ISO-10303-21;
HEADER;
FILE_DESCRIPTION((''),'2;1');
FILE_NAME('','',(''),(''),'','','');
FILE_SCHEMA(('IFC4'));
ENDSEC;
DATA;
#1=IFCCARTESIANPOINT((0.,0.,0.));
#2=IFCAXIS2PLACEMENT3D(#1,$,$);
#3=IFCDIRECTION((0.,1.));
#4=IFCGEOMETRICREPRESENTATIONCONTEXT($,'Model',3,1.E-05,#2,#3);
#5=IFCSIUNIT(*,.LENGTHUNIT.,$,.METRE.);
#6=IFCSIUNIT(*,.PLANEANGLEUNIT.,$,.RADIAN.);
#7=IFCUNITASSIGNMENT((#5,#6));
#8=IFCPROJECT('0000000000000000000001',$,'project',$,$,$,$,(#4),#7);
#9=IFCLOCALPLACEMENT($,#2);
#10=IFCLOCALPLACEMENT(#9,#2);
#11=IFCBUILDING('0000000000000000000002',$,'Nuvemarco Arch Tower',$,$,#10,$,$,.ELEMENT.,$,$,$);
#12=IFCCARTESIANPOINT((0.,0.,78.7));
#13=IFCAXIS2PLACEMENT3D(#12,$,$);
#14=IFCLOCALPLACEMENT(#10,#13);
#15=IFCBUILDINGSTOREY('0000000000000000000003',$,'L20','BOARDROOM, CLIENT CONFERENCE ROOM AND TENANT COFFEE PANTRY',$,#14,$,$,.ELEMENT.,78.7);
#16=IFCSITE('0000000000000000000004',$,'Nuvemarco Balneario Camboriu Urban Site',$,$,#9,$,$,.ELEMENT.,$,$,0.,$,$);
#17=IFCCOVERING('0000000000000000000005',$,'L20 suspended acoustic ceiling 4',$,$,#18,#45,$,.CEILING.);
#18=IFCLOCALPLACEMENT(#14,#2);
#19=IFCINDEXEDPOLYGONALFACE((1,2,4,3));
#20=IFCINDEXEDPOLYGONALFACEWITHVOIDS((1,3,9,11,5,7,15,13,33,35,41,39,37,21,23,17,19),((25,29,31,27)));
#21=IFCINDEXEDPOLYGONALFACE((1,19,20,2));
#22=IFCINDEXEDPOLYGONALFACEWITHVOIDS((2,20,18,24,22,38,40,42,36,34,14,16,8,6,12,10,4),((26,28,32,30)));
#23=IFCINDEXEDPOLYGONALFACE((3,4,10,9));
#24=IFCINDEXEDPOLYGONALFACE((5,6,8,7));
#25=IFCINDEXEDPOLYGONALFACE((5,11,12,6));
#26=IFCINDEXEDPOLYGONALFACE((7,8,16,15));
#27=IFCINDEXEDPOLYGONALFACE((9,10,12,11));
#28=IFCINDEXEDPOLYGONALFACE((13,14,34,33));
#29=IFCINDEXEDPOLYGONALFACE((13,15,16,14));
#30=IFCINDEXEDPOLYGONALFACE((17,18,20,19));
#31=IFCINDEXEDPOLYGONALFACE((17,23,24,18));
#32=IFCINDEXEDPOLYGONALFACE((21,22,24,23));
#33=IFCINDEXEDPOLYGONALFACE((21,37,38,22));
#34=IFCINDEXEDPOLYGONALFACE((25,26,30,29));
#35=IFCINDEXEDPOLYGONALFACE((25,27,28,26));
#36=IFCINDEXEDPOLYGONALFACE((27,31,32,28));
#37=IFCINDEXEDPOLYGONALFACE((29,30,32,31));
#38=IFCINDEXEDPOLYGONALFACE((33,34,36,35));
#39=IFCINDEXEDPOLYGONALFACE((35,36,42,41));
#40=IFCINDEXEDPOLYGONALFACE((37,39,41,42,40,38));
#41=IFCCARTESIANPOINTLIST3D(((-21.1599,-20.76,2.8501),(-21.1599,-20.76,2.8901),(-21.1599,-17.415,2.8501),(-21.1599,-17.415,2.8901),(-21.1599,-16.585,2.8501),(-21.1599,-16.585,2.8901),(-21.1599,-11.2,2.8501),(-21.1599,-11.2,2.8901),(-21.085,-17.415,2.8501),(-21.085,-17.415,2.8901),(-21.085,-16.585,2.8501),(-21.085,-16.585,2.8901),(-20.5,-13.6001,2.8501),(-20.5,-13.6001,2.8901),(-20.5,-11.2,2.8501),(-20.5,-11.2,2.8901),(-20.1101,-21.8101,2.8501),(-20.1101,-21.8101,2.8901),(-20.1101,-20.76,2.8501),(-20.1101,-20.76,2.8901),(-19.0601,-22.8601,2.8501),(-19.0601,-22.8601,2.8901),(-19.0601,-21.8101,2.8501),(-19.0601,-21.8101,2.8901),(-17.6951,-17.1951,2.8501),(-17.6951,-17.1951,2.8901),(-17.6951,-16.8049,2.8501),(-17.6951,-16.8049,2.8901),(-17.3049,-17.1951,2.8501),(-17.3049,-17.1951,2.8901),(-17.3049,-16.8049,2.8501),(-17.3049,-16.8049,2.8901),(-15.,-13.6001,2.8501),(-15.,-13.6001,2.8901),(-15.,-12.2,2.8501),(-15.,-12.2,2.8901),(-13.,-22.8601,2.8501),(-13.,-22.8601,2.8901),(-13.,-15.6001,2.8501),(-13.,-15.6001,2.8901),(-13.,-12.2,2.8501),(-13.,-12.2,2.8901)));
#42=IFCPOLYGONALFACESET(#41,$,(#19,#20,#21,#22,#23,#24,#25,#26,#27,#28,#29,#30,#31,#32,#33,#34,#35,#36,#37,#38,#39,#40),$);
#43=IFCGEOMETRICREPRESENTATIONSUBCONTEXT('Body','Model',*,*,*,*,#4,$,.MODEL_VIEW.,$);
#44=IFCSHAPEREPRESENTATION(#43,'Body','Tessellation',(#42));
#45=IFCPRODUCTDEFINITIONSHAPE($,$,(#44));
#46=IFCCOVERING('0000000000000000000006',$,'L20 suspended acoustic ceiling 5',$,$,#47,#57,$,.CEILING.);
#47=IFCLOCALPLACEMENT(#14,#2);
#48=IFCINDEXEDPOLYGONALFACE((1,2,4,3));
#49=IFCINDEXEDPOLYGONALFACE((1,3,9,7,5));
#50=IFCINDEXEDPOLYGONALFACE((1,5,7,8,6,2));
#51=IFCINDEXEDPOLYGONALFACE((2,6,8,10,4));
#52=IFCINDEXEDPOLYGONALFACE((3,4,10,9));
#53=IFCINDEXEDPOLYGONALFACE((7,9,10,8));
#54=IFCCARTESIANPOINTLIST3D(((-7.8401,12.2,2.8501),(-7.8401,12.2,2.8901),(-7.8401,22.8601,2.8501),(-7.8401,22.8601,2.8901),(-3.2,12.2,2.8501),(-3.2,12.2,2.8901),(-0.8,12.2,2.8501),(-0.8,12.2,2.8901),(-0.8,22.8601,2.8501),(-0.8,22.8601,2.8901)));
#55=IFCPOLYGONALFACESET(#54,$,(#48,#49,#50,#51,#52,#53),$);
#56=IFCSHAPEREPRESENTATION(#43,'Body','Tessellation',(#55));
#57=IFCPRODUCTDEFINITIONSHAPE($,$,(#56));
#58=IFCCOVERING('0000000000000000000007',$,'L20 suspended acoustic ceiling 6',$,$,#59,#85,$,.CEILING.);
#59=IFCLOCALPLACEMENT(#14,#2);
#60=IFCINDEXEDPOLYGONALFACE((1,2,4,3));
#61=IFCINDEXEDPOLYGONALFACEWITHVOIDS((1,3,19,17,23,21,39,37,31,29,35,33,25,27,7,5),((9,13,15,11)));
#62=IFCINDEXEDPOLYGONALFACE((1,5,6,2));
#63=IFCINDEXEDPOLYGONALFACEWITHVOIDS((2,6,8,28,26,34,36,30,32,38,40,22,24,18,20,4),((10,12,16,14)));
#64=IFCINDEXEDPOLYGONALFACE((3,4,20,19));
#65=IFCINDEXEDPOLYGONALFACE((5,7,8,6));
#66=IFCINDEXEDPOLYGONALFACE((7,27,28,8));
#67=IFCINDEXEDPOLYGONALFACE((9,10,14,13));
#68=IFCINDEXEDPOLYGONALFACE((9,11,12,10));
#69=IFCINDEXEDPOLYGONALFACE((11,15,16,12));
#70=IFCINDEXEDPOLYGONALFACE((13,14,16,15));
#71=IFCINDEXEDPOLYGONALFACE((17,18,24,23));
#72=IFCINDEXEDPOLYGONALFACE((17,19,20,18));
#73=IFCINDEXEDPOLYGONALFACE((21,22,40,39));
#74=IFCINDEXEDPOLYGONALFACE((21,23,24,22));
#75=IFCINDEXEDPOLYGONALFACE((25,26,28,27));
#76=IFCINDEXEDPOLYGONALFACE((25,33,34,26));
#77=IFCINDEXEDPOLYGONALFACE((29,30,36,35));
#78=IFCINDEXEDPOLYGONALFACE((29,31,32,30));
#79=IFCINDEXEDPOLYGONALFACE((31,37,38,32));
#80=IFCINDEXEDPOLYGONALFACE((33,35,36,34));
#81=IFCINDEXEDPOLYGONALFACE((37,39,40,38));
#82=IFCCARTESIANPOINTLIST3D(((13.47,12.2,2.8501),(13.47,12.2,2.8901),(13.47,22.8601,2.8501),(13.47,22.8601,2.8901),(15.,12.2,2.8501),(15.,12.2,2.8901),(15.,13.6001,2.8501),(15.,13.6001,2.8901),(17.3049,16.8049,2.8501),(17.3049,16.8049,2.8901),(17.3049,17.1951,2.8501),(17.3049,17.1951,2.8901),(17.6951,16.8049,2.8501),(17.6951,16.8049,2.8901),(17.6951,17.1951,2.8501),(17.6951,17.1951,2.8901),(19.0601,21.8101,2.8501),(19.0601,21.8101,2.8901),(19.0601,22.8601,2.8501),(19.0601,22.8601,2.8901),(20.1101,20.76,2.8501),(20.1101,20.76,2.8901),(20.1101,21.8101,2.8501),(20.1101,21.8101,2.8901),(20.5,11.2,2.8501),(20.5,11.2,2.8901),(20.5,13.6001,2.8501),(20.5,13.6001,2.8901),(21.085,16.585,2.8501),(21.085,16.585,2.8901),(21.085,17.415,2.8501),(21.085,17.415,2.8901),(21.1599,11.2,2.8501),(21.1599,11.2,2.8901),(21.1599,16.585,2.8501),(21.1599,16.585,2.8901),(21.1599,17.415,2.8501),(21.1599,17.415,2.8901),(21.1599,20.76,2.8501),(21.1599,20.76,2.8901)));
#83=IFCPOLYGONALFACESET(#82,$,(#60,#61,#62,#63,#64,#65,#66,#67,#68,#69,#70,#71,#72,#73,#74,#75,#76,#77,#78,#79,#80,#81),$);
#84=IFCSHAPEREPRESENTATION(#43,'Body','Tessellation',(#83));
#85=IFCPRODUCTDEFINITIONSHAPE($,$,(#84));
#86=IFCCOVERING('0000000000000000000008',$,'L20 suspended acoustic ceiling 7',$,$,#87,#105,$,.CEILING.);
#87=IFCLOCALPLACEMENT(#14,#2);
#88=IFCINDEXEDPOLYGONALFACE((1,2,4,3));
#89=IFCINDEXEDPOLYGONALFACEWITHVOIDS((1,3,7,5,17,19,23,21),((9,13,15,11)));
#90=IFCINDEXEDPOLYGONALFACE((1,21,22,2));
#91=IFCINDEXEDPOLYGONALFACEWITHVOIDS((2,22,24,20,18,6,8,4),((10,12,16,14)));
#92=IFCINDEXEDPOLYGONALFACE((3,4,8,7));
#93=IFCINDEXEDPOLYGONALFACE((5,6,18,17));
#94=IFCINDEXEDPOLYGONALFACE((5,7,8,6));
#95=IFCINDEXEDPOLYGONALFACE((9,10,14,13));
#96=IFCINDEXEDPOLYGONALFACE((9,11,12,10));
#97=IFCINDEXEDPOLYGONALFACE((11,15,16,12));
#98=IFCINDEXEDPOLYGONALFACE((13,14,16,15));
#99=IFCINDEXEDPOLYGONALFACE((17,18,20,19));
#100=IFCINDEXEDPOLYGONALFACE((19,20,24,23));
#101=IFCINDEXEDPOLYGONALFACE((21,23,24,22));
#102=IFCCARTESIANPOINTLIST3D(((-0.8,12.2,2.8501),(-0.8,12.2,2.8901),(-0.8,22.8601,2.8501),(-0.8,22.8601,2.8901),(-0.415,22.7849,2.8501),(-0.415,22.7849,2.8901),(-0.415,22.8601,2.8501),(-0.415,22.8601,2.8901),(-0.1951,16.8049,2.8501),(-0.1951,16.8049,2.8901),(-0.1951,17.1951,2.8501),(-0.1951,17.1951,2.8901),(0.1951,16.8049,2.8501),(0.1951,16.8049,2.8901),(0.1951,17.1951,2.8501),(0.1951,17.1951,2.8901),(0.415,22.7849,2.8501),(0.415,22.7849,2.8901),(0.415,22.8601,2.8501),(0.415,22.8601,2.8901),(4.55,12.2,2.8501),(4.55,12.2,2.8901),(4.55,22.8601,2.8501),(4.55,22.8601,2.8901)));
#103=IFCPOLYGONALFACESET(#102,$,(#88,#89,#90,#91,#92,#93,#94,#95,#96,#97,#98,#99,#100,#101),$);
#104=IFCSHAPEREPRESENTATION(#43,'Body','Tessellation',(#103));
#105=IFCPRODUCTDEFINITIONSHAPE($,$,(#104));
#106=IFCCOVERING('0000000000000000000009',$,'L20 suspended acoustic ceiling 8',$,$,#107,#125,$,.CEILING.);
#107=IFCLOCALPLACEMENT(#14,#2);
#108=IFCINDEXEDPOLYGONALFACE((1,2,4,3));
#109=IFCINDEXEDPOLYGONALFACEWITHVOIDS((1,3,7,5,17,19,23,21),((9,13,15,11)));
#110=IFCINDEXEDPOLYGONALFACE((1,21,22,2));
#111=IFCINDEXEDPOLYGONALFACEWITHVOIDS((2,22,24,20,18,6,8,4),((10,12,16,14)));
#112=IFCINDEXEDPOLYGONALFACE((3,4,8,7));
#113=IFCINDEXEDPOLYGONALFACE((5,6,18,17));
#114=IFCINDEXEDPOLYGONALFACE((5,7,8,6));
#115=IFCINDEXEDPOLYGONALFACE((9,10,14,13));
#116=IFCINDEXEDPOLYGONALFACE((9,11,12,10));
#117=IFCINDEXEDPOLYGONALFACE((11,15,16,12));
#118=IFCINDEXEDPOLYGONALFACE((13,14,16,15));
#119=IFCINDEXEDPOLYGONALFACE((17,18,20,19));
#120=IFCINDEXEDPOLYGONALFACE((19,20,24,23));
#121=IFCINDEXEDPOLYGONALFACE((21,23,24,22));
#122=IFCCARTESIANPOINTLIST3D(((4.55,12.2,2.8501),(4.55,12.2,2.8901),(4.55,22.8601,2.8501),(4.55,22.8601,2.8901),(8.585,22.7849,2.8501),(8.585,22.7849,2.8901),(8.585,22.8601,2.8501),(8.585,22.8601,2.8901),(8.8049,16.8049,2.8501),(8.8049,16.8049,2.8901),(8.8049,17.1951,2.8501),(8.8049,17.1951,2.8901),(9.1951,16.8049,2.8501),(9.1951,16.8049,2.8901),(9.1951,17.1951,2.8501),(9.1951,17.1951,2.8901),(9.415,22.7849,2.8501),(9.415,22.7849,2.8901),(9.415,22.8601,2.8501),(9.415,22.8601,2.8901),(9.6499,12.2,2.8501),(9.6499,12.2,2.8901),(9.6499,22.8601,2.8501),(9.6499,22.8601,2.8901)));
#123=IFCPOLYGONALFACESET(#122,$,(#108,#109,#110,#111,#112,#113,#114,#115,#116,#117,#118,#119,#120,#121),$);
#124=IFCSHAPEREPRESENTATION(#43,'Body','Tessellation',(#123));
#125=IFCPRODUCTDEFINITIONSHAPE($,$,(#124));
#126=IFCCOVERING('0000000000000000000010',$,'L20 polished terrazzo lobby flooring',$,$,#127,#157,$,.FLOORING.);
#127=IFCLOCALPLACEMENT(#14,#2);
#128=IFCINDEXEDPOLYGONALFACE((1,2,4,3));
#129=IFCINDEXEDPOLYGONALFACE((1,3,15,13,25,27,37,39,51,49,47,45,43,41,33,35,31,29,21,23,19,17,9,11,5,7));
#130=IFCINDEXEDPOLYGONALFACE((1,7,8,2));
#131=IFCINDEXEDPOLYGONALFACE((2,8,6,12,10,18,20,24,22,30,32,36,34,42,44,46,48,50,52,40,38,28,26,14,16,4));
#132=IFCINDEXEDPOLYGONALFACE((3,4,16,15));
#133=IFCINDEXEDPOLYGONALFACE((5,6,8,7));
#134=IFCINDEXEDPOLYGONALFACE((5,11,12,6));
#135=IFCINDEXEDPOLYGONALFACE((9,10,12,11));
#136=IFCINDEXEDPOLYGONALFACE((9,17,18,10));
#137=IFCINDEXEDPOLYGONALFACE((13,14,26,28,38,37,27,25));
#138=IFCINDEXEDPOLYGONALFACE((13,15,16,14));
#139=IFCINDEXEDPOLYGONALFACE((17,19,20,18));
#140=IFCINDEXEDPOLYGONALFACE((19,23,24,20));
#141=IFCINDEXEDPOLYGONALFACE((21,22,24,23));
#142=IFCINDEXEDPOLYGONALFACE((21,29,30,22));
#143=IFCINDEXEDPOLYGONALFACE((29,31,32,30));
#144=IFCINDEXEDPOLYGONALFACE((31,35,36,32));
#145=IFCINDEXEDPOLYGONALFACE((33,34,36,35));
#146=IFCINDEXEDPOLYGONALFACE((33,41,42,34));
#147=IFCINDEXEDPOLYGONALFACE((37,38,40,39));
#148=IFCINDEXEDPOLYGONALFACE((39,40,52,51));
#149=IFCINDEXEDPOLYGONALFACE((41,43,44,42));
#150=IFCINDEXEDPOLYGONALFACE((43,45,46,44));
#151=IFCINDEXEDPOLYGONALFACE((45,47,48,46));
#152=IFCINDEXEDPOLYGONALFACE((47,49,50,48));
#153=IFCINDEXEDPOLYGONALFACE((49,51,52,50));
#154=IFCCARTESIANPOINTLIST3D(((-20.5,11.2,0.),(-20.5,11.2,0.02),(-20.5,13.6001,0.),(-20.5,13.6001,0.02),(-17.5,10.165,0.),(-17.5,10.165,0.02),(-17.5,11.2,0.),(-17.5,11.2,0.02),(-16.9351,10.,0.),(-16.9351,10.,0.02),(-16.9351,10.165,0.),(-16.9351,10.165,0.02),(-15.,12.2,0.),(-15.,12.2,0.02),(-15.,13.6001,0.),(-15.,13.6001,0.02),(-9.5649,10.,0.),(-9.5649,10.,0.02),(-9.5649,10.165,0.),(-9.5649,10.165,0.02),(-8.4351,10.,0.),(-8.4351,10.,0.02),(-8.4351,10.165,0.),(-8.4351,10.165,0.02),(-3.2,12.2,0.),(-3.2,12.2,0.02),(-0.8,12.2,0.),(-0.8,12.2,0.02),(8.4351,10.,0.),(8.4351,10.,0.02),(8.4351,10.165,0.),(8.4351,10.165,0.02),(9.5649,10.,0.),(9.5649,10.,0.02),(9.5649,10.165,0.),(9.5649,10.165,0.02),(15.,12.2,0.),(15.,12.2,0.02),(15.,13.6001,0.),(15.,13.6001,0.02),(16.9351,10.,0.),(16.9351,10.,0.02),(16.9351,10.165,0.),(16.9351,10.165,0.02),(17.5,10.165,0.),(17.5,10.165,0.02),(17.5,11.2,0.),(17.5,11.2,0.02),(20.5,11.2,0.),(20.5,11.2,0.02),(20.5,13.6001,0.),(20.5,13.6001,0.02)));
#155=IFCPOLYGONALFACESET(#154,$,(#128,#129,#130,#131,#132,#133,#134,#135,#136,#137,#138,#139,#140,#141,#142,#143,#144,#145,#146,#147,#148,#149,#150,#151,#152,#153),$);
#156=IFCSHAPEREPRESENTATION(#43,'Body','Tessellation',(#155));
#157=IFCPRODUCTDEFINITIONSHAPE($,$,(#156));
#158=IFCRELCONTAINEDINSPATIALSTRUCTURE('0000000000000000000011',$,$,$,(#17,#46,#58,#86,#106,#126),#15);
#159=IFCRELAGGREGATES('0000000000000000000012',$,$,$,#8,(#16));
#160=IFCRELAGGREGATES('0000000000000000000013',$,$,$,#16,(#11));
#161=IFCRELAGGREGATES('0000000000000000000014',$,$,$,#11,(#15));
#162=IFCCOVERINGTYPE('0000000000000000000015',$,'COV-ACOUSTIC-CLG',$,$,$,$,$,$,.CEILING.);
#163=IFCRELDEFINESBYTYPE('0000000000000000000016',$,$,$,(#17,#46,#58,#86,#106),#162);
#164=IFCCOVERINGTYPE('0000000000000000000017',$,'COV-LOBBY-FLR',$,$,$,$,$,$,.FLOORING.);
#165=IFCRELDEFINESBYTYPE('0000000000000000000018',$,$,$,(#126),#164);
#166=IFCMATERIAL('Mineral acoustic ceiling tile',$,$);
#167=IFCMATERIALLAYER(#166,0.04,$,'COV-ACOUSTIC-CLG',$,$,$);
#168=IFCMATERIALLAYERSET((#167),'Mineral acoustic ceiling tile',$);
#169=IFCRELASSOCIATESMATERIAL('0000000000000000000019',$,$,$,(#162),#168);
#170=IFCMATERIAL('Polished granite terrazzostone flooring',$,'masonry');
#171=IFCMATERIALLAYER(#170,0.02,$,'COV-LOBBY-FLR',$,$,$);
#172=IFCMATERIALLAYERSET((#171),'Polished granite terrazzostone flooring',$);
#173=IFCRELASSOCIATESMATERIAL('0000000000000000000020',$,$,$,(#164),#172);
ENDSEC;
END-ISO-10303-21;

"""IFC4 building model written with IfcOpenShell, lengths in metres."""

from ifc_helpers import new_model, si_unit, direction, frame, origin, place, context, subcontext, project, spatial, polyline, outline, extrude, material, layer, layer_set, type_object, element, save


model = new_model("IFC4")

# Units and contexts
model_context = context("Model", 3, precision=1e-05, world=origin(), true_north=direction((0.0, 1.0)))
body_context = subcontext(model_context, "Body", "Model", "MODEL_VIEW")
ifc_project = project(units=[si_unit("LENGTHUNIT", "METRE"), si_unit("PLANEANGLEUNIT", "RADIAN")], contexts=[model_context])

# Site, building, storey
site_placement = place(None, origin())
site = spatial("IfcSite", under=ifc_project, at=site_placement, Name="Nuvemarco Balneario Camboriu Urban Site", CompositionType="ELEMENT", RefElevation=0.0)
building_placement = place(site_placement, origin())
building = spatial("IfcBuilding", under=site, at=building_placement, Name="Nuvemarco Arch Tower", CompositionType="ELEMENT")
storey_placement = place(building_placement, frame((0.0, 0.0, 78.7)))
storey = spatial("IfcBuildingStorey", under=building, at=storey_placement, Name="L20", Description="BOARDROOM, CLIENT CONFERENCE ROOM AND TENANT COFFEE PANTRY", CompositionType="ELEMENT", Elevation=78.7)

# Coverings
ifc_material_1 = material(Name="Mineral acoustic ceiling tile")
ifc_layer_1 = layer(ifc_material_1, 0.04, Name="COV-ACOUSTIC-CLG")
ifc_layer_set_1 = layer_set([ifc_layer_1], Name="Mineral acoustic ceiling tile")
covering_type_1 = type_object("IfcCoveringType", Name="COV-ACOUSTIC-CLG", PredefinedType="CEILING", material=ifc_layer_set_1)
covering_1_placement = place(storey_placement, frame((0.0, 0.0, 2.8501)))
element("IfcCovering", 1, at=covering_1_placement, inside=storey, type_object=covering_type_1, Name="L20 suspended acoustic ceiling 4", PredefinedType="CEILING", context=body_context, shape_type="SweptSolid", body=[
    extrude(outline(polyline([(-21.1599, -20.76), (-21.1599, -17.415), (-21.085, -17.415), (-21.085, -16.585), (-21.1599, -16.585), (-21.1599, -11.2), (-20.5, -11.2), (-20.5, -13.6001), (-15.0, -13.6001), (-15.0, -12.2), (-13.0, -12.2), (-13.0, -15.6001), (-13.0, -22.8601), (-19.0601, -22.8601), (-19.0601, -21.8101), (-20.1101, -21.8101), (-20.1101, -20.76), (-21.1599, -20.76)]), holes=[polyline([(-17.3049, -16.8049), (-17.6951, -16.8049), (-17.6951, -17.1951), (-17.3049, -17.1951), (-17.3049, -16.8049)])]), origin(), (0.0, 0.0, 1.0), 0.04),
])
covering_2_placement = place(storey_placement, frame((0.0, 0.0, 2.8501)))
element("IfcCovering", 2, at=covering_2_placement, inside=storey, type_object=covering_type_1, Name="L20 suspended acoustic ceiling 5", PredefinedType="CEILING", context=body_context, shape_type="SweptSolid", body=[
    extrude(outline(polyline([(-0.8, 12.2), (-3.2, 12.2), (-7.8401, 12.2), (-7.8401, 22.8601), (-0.8, 22.8601), (-0.8, 12.2)])), origin(), (0.0, 0.0, 1.0), 0.04),
])
covering_3_placement = place(storey_placement, frame((0.0, 0.0, 2.8501)))
element("IfcCovering", 3, at=covering_3_placement, inside=storey, type_object=covering_type_1, Name="L20 suspended acoustic ceiling 6", PredefinedType="CEILING", context=body_context, shape_type="SweptSolid", body=[
    extrude(outline(polyline([(21.1599, 20.76), (21.1599, 17.415), (21.085, 17.415), (21.085, 16.585), (21.1599, 16.585), (21.1599, 11.2), (20.5, 11.2), (20.5, 13.6001), (15.0, 13.6001), (15.0, 12.2), (13.47, 12.2), (13.47, 22.8601), (19.0601, 22.8601), (19.0601, 21.8101), (20.1101, 21.8101), (20.1101, 20.76), (21.1599, 20.76)]), holes=[polyline([(17.6951, 16.8049), (17.6951, 17.1951), (17.3049, 17.1951), (17.3049, 16.8049), (17.6951, 16.8049)])]), origin(), (0.0, 0.0, 1.0), 0.04),
])
covering_4_placement = place(storey_placement, frame((0.0, 0.0, 2.8501)))
element("IfcCovering", 4, at=covering_4_placement, inside=storey, type_object=covering_type_1, Name="L20 suspended acoustic ceiling 7", PredefinedType="CEILING", context=body_context, shape_type="SweptSolid", body=[
    extrude(outline(polyline([(4.55, 12.2), (-0.8, 12.2), (-0.8, 22.8601), (-0.415, 22.8601), (-0.415, 22.7849), (0.415, 22.7849), (0.415, 22.8601), (4.55, 22.8601), (4.55, 12.2)]), holes=[polyline([(0.1951, 16.8049), (0.1951, 17.1951), (-0.1951, 17.1951), (-0.1951, 16.8049), (0.1951, 16.8049)])]), origin(), (0.0, 0.0, 1.0), 0.04),
])
covering_5_placement = place(storey_placement, frame((0.0, 0.0, 2.8501)))
element("IfcCovering", 5, at=covering_5_placement, inside=storey, type_object=covering_type_1, Name="L20 suspended acoustic ceiling 8", PredefinedType="CEILING", context=body_context, shape_type="SweptSolid", body=[
    extrude(outline(polyline([(9.6499, 12.2), (4.55, 12.2), (4.55, 22.8601), (8.585, 22.8601), (8.585, 22.7849), (9.415, 22.7849), (9.415, 22.8601), (9.6499, 22.8601), (9.6499, 12.2)]), holes=[polyline([(9.1951, 17.1951), (8.8049, 17.1951), (8.8049, 16.8049), (9.1951, 16.8049), (9.1951, 17.1951)])]), origin(), (0.0, 0.0, 1.0), 0.04),
])
ifc_material_2 = material(Name="Polished granite terrazzostone flooring", Category="masonry")
ifc_layer_2 = layer(ifc_material_2, 0.02, Name="COV-LOBBY-FLR")
ifc_layer_set_2 = layer_set([ifc_layer_2], Name="Polished granite terrazzostone flooring")
covering_type_2 = type_object("IfcCoveringType", Name="COV-LOBBY-FLR", PredefinedType="FLOORING", material=ifc_layer_set_2)
covering_6_placement = place(storey_placement, origin())
element("IfcCovering", 6, at=covering_6_placement, inside=storey, type_object=covering_type_2, Name="L20 polished terrazzo lobby flooring", PredefinedType="FLOORING", context=body_context, shape_type="SweptSolid", body=[
    extrude(outline(polyline([(-8.4351, 10.165), (-9.5649, 10.165), (-9.5649, 10.0), (-16.9351, 10.0), (-16.9351, 10.165), (-17.5, 10.165), (-17.5, 11.2), (-20.5, 11.2), (-20.5, 13.6001), (-15.0, 13.6001), (-15.0, 12.2), (-3.2, 12.2), (-0.8, 12.2), (15.0, 12.2), (15.0, 13.6001), (20.5, 13.6001), (20.5, 11.2), (17.5, 11.2), (17.5, 10.165), (16.9351, 10.165), (16.9351, 10.0), (9.5649, 10.0), (9.5649, 10.165), (8.4351, 10.165), (8.4351, 10.0), (-8.4351, 10.0), (-8.4351, 10.165)])), origin(), (0.0, 0.0, 1.0), 0.02),
])

save(model, "model.ifc")
